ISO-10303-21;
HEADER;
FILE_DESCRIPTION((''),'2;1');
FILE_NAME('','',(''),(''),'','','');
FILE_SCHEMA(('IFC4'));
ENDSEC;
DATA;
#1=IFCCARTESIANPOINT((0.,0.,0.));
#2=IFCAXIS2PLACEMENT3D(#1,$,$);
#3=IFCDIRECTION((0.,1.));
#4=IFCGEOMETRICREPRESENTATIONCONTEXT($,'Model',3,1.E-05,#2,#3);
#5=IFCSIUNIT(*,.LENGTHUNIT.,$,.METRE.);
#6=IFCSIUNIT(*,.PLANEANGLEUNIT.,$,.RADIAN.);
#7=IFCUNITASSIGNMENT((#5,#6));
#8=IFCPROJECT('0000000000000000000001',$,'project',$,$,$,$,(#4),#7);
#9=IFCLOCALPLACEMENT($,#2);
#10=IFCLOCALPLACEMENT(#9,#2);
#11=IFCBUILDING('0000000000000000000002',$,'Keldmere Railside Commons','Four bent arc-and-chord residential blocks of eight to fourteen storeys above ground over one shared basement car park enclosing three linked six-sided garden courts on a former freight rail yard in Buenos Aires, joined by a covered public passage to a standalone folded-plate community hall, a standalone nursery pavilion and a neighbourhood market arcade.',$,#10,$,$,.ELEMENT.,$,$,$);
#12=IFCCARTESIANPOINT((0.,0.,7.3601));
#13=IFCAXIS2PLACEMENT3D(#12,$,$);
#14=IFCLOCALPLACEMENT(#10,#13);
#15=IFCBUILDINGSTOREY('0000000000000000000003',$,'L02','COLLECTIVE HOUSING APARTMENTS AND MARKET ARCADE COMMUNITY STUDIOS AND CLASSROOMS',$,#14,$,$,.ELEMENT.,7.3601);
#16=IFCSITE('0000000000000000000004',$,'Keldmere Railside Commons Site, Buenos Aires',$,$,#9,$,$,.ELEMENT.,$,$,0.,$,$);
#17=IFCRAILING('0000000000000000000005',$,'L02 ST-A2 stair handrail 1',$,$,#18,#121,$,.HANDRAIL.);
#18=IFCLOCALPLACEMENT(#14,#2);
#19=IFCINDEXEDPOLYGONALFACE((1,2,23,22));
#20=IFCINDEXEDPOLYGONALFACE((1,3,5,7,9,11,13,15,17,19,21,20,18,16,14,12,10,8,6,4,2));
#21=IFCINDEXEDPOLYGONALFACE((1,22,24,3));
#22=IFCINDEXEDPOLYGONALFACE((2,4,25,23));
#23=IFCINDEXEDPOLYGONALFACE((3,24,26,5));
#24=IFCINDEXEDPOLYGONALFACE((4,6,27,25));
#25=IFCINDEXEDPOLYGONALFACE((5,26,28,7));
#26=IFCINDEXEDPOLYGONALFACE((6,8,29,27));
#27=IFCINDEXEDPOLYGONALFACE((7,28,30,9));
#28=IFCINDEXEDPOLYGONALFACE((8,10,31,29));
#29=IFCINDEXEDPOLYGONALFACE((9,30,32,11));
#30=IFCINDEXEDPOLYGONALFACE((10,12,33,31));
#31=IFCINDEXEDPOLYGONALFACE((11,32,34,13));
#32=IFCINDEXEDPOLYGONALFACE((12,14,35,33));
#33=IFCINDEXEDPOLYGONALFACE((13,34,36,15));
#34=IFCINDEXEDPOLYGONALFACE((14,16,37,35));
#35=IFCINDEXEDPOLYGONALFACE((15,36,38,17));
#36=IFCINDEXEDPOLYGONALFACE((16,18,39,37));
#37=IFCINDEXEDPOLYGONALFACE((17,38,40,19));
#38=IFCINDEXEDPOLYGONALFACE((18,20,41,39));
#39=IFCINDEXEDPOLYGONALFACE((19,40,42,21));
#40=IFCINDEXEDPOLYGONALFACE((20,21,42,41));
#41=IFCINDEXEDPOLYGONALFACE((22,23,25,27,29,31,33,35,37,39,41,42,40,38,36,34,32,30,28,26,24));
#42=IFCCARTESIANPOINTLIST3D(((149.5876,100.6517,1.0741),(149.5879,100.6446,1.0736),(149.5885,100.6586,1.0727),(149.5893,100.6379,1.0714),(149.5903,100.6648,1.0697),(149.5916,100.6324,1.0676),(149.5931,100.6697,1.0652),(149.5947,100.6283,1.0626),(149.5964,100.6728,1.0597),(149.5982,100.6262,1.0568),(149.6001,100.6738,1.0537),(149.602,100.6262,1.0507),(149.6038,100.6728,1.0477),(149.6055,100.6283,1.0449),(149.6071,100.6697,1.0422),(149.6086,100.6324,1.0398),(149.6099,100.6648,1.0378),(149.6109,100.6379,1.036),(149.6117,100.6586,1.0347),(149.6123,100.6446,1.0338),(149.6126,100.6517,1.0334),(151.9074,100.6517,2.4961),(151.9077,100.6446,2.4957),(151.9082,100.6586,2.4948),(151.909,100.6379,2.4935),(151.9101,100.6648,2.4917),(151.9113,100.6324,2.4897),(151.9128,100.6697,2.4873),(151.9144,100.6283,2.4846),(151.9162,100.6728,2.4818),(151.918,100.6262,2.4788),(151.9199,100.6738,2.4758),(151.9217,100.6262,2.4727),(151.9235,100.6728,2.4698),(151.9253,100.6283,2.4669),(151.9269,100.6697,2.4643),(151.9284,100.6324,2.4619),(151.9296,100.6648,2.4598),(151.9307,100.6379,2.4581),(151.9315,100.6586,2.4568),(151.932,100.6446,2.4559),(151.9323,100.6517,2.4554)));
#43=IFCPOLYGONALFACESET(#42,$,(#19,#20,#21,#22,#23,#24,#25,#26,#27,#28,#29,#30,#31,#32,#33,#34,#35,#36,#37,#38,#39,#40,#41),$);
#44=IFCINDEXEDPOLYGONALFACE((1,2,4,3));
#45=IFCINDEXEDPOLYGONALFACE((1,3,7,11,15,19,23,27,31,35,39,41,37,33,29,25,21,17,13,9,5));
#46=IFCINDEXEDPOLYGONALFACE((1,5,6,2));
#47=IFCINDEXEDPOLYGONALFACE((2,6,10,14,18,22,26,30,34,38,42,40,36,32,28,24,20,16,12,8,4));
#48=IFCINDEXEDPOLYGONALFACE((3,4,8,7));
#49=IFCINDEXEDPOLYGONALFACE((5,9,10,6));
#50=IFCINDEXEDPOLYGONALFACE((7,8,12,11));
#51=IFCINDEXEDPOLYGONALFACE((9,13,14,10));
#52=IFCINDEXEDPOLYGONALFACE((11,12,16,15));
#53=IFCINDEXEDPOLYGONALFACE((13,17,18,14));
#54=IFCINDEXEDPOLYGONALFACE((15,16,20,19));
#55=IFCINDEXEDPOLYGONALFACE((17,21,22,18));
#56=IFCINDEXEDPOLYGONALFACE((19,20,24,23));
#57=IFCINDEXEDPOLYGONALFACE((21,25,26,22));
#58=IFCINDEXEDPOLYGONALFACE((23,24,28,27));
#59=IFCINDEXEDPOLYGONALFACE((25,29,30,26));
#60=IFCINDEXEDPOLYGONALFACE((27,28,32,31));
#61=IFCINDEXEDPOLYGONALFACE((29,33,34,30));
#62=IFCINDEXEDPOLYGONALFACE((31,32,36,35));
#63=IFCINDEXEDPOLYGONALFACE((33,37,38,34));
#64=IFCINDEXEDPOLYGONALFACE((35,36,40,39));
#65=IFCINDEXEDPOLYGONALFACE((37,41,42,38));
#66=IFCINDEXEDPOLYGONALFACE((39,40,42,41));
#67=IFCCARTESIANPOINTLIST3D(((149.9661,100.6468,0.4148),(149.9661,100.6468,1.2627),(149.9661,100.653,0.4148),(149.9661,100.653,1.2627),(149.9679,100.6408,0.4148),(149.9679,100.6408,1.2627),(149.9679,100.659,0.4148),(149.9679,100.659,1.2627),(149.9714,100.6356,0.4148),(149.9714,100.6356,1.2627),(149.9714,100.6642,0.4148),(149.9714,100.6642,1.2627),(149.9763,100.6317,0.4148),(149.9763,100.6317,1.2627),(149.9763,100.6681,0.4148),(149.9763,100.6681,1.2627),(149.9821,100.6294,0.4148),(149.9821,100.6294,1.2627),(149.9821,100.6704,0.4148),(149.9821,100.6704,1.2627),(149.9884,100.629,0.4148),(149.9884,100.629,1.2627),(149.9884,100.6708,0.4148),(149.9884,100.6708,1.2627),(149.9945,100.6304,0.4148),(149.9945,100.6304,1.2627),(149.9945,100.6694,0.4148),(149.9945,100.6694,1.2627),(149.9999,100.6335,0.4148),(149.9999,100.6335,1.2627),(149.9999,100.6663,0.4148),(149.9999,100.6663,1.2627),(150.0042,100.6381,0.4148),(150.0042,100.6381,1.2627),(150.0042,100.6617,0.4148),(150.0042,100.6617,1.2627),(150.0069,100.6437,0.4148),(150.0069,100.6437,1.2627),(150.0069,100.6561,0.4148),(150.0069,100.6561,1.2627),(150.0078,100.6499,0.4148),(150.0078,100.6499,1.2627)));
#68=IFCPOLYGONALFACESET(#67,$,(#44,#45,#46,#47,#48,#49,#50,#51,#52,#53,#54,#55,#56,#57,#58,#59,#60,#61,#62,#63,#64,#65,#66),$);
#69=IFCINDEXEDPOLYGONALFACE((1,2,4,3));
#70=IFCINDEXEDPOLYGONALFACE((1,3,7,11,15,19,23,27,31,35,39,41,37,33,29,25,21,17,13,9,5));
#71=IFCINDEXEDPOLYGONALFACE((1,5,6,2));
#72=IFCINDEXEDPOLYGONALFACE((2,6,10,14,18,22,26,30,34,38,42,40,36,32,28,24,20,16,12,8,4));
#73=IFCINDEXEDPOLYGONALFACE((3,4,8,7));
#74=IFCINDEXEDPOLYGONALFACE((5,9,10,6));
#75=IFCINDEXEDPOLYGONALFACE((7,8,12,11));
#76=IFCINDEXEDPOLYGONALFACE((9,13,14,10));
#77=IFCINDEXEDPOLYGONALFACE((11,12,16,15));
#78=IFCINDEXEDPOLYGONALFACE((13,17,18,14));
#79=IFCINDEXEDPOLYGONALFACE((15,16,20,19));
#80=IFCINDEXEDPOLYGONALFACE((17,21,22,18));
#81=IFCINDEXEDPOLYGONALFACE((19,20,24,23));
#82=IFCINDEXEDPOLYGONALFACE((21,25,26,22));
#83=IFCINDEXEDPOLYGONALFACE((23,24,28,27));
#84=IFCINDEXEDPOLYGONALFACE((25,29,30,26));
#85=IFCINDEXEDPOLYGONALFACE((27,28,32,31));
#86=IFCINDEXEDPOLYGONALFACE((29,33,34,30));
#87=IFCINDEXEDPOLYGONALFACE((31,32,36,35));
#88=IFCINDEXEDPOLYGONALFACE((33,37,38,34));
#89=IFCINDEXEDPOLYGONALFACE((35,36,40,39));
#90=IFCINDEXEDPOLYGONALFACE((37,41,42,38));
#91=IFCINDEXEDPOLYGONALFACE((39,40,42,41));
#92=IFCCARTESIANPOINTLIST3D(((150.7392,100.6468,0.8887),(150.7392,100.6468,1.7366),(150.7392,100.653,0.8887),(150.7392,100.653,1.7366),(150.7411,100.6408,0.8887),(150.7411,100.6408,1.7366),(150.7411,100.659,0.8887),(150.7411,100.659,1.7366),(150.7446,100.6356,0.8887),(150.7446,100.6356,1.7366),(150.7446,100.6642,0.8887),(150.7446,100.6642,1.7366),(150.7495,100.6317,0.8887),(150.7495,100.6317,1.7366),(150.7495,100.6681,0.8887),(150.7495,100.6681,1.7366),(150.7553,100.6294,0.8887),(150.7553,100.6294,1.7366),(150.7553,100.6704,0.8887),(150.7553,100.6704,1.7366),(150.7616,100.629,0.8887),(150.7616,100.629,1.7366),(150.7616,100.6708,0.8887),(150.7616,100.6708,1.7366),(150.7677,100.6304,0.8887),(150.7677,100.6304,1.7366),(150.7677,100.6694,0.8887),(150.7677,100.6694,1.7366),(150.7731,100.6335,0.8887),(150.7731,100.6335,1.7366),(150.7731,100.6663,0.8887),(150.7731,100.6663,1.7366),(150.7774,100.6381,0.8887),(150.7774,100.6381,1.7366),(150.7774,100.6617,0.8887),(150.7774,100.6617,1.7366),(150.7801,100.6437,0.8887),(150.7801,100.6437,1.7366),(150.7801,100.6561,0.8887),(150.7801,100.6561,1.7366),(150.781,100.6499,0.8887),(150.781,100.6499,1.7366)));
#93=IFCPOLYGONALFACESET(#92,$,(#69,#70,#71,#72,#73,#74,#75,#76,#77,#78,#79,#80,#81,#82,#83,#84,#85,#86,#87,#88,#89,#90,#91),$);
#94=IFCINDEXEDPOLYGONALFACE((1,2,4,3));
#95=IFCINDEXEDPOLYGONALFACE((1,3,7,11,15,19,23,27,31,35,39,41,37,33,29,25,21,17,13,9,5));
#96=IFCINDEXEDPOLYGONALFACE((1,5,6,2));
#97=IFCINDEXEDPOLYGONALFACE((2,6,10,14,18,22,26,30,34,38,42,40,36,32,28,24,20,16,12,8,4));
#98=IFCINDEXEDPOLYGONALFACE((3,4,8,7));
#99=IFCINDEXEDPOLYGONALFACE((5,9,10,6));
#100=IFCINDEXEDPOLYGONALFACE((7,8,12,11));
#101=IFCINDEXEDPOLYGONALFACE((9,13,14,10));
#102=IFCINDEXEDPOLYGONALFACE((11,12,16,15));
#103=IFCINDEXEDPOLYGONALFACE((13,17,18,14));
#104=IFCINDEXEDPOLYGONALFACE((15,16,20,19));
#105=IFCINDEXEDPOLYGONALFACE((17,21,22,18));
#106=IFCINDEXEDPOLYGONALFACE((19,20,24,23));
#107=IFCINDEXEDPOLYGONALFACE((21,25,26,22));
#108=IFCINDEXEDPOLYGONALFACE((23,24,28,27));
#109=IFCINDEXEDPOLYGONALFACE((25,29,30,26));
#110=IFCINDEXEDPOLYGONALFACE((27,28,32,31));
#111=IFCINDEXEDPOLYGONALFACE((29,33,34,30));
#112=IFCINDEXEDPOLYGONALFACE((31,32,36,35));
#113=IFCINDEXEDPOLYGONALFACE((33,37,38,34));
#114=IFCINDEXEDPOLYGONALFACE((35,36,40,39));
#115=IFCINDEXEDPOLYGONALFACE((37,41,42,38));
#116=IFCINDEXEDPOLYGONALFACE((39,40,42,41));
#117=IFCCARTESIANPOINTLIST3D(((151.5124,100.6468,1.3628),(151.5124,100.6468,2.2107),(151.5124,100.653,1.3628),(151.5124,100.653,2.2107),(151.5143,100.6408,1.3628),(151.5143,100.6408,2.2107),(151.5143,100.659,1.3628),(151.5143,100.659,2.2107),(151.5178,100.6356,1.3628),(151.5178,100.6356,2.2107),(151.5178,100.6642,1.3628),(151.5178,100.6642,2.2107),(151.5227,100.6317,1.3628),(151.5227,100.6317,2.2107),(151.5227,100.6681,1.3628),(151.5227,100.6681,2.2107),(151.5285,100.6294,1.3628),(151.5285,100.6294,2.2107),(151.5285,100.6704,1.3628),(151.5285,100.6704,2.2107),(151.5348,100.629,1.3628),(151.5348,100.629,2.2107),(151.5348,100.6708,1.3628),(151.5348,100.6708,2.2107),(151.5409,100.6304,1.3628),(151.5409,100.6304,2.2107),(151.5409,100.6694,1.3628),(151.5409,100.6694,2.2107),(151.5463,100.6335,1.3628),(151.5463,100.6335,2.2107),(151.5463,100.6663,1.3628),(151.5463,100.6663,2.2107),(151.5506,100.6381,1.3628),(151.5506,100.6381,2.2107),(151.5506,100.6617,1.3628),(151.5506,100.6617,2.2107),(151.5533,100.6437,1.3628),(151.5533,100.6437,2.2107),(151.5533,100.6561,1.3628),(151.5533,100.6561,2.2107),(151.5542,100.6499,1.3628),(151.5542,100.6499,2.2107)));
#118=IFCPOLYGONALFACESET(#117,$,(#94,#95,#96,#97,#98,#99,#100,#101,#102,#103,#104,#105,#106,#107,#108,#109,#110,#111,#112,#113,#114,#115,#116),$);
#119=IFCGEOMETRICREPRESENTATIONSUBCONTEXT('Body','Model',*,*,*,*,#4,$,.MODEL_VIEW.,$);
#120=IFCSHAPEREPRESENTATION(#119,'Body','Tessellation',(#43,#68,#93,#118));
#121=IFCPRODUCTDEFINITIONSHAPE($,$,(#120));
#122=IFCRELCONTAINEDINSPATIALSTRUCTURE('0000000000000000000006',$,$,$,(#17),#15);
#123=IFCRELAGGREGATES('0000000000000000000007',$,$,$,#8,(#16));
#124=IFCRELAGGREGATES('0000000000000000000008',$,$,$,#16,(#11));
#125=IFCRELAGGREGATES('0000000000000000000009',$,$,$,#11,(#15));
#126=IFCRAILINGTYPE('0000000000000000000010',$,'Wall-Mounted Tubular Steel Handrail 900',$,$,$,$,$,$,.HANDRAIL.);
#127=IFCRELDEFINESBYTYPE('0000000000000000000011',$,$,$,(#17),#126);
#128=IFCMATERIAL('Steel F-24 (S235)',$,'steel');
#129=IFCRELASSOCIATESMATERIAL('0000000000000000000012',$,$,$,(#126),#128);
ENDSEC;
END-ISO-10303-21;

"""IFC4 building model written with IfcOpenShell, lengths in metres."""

from ifc_helpers import new_model, si_unit, direction, frame, origin, origin_2d, place, context, subcontext, project, spatial, circle, extrude, material, type_object, element, save


model = new_model("IFC4")

# Units and contexts
model_context = context("Model", 3, precision=1e-05, world=origin(), true_north=direction((0.0, 1.0)))
body_context = subcontext(model_context, "Body", "Model", "MODEL_VIEW")
ifc_project = project(units=[si_unit("LENGTHUNIT", "METRE"), si_unit("PLANEANGLEUNIT", "RADIAN")], contexts=[model_context])

# Site, building, storey
site_placement = place(None, origin())
site = spatial("IfcSite", under=ifc_project, at=site_placement, Name="Keldmere Railside Commons Site, Buenos Aires", CompositionType="ELEMENT", RefElevation=0.0)
building_placement = place(site_placement, origin())
building = spatial("IfcBuilding", under=site, at=building_placement, Name="Keldmere Railside Commons", Description="Four bent arc-and-chord residential blocks of eight to fourteen storeys above ground over one shared basement car park enclosing three linked six-sided garden courts on a former freight rail yard in Buenos Aires, joined by a covered public passage to a standalone folded-plate community hall, a standalone nursery pavilion and a neighbourhood market arcade.", CompositionType="ELEMENT")
storey_placement = place(building_placement, frame((0.0, 0.0, 7.3601)))
storey = spatial("IfcBuildingStorey", under=building, at=storey_placement, Name="L02", Description="COLLECTIVE HOUSING APARTMENTS AND MARKET ARCADE COMMUNITY STUDIOS AND CLASSROOMS", CompositionType="ELEMENT", Elevation=7.3601)

# Railing
ifc_material_1 = material(Name="Steel F-24 (S235)", Category="steel")
railing_type_1 = type_object("IfcRailingType", Name="Wall-Mounted Tubular Steel Handrail 900", PredefinedType="HANDRAIL", material=ifc_material_1)
railing_1_placement = place(storey_placement, frame((149.6001, 100.6499, 0.1777)))
element("IfcRailing", 1, at=railing_1_placement, inside=storey, type_object=railing_type_1, Name="L02 ST-A2 stair handrail 1", PredefinedType="HANDRAIL", context=body_context, shape_type="SweptSolid", body=[
    extrude(circle(Radius=0.0239, at=origin_2d()), frame((0.0, 0.0, 0.876), z_axis=(0.852554, 0.0, 0.52264), x_axis=(0.0, 1.0, 0.0)), (0.0, 0.0, 1.0), 2.7209),
    extrude(circle(Radius=0.021, at=origin_2d()), frame((0.3867, 0.0, 0.2371)), (0.0, 0.0, 1.0), 0.8479),
    extrude(circle(Radius=0.021, at=origin_2d()), frame((1.1599, 0.0, 0.7109)), (0.0, 0.0, 1.0), 0.8479),
    extrude(circle(Radius=0.021, at=origin_2d()), frame((1.9331, 0.0, 1.1851)), (0.0, 0.0, 1.0), 0.8479),
])

save(model, "model.ifc")
